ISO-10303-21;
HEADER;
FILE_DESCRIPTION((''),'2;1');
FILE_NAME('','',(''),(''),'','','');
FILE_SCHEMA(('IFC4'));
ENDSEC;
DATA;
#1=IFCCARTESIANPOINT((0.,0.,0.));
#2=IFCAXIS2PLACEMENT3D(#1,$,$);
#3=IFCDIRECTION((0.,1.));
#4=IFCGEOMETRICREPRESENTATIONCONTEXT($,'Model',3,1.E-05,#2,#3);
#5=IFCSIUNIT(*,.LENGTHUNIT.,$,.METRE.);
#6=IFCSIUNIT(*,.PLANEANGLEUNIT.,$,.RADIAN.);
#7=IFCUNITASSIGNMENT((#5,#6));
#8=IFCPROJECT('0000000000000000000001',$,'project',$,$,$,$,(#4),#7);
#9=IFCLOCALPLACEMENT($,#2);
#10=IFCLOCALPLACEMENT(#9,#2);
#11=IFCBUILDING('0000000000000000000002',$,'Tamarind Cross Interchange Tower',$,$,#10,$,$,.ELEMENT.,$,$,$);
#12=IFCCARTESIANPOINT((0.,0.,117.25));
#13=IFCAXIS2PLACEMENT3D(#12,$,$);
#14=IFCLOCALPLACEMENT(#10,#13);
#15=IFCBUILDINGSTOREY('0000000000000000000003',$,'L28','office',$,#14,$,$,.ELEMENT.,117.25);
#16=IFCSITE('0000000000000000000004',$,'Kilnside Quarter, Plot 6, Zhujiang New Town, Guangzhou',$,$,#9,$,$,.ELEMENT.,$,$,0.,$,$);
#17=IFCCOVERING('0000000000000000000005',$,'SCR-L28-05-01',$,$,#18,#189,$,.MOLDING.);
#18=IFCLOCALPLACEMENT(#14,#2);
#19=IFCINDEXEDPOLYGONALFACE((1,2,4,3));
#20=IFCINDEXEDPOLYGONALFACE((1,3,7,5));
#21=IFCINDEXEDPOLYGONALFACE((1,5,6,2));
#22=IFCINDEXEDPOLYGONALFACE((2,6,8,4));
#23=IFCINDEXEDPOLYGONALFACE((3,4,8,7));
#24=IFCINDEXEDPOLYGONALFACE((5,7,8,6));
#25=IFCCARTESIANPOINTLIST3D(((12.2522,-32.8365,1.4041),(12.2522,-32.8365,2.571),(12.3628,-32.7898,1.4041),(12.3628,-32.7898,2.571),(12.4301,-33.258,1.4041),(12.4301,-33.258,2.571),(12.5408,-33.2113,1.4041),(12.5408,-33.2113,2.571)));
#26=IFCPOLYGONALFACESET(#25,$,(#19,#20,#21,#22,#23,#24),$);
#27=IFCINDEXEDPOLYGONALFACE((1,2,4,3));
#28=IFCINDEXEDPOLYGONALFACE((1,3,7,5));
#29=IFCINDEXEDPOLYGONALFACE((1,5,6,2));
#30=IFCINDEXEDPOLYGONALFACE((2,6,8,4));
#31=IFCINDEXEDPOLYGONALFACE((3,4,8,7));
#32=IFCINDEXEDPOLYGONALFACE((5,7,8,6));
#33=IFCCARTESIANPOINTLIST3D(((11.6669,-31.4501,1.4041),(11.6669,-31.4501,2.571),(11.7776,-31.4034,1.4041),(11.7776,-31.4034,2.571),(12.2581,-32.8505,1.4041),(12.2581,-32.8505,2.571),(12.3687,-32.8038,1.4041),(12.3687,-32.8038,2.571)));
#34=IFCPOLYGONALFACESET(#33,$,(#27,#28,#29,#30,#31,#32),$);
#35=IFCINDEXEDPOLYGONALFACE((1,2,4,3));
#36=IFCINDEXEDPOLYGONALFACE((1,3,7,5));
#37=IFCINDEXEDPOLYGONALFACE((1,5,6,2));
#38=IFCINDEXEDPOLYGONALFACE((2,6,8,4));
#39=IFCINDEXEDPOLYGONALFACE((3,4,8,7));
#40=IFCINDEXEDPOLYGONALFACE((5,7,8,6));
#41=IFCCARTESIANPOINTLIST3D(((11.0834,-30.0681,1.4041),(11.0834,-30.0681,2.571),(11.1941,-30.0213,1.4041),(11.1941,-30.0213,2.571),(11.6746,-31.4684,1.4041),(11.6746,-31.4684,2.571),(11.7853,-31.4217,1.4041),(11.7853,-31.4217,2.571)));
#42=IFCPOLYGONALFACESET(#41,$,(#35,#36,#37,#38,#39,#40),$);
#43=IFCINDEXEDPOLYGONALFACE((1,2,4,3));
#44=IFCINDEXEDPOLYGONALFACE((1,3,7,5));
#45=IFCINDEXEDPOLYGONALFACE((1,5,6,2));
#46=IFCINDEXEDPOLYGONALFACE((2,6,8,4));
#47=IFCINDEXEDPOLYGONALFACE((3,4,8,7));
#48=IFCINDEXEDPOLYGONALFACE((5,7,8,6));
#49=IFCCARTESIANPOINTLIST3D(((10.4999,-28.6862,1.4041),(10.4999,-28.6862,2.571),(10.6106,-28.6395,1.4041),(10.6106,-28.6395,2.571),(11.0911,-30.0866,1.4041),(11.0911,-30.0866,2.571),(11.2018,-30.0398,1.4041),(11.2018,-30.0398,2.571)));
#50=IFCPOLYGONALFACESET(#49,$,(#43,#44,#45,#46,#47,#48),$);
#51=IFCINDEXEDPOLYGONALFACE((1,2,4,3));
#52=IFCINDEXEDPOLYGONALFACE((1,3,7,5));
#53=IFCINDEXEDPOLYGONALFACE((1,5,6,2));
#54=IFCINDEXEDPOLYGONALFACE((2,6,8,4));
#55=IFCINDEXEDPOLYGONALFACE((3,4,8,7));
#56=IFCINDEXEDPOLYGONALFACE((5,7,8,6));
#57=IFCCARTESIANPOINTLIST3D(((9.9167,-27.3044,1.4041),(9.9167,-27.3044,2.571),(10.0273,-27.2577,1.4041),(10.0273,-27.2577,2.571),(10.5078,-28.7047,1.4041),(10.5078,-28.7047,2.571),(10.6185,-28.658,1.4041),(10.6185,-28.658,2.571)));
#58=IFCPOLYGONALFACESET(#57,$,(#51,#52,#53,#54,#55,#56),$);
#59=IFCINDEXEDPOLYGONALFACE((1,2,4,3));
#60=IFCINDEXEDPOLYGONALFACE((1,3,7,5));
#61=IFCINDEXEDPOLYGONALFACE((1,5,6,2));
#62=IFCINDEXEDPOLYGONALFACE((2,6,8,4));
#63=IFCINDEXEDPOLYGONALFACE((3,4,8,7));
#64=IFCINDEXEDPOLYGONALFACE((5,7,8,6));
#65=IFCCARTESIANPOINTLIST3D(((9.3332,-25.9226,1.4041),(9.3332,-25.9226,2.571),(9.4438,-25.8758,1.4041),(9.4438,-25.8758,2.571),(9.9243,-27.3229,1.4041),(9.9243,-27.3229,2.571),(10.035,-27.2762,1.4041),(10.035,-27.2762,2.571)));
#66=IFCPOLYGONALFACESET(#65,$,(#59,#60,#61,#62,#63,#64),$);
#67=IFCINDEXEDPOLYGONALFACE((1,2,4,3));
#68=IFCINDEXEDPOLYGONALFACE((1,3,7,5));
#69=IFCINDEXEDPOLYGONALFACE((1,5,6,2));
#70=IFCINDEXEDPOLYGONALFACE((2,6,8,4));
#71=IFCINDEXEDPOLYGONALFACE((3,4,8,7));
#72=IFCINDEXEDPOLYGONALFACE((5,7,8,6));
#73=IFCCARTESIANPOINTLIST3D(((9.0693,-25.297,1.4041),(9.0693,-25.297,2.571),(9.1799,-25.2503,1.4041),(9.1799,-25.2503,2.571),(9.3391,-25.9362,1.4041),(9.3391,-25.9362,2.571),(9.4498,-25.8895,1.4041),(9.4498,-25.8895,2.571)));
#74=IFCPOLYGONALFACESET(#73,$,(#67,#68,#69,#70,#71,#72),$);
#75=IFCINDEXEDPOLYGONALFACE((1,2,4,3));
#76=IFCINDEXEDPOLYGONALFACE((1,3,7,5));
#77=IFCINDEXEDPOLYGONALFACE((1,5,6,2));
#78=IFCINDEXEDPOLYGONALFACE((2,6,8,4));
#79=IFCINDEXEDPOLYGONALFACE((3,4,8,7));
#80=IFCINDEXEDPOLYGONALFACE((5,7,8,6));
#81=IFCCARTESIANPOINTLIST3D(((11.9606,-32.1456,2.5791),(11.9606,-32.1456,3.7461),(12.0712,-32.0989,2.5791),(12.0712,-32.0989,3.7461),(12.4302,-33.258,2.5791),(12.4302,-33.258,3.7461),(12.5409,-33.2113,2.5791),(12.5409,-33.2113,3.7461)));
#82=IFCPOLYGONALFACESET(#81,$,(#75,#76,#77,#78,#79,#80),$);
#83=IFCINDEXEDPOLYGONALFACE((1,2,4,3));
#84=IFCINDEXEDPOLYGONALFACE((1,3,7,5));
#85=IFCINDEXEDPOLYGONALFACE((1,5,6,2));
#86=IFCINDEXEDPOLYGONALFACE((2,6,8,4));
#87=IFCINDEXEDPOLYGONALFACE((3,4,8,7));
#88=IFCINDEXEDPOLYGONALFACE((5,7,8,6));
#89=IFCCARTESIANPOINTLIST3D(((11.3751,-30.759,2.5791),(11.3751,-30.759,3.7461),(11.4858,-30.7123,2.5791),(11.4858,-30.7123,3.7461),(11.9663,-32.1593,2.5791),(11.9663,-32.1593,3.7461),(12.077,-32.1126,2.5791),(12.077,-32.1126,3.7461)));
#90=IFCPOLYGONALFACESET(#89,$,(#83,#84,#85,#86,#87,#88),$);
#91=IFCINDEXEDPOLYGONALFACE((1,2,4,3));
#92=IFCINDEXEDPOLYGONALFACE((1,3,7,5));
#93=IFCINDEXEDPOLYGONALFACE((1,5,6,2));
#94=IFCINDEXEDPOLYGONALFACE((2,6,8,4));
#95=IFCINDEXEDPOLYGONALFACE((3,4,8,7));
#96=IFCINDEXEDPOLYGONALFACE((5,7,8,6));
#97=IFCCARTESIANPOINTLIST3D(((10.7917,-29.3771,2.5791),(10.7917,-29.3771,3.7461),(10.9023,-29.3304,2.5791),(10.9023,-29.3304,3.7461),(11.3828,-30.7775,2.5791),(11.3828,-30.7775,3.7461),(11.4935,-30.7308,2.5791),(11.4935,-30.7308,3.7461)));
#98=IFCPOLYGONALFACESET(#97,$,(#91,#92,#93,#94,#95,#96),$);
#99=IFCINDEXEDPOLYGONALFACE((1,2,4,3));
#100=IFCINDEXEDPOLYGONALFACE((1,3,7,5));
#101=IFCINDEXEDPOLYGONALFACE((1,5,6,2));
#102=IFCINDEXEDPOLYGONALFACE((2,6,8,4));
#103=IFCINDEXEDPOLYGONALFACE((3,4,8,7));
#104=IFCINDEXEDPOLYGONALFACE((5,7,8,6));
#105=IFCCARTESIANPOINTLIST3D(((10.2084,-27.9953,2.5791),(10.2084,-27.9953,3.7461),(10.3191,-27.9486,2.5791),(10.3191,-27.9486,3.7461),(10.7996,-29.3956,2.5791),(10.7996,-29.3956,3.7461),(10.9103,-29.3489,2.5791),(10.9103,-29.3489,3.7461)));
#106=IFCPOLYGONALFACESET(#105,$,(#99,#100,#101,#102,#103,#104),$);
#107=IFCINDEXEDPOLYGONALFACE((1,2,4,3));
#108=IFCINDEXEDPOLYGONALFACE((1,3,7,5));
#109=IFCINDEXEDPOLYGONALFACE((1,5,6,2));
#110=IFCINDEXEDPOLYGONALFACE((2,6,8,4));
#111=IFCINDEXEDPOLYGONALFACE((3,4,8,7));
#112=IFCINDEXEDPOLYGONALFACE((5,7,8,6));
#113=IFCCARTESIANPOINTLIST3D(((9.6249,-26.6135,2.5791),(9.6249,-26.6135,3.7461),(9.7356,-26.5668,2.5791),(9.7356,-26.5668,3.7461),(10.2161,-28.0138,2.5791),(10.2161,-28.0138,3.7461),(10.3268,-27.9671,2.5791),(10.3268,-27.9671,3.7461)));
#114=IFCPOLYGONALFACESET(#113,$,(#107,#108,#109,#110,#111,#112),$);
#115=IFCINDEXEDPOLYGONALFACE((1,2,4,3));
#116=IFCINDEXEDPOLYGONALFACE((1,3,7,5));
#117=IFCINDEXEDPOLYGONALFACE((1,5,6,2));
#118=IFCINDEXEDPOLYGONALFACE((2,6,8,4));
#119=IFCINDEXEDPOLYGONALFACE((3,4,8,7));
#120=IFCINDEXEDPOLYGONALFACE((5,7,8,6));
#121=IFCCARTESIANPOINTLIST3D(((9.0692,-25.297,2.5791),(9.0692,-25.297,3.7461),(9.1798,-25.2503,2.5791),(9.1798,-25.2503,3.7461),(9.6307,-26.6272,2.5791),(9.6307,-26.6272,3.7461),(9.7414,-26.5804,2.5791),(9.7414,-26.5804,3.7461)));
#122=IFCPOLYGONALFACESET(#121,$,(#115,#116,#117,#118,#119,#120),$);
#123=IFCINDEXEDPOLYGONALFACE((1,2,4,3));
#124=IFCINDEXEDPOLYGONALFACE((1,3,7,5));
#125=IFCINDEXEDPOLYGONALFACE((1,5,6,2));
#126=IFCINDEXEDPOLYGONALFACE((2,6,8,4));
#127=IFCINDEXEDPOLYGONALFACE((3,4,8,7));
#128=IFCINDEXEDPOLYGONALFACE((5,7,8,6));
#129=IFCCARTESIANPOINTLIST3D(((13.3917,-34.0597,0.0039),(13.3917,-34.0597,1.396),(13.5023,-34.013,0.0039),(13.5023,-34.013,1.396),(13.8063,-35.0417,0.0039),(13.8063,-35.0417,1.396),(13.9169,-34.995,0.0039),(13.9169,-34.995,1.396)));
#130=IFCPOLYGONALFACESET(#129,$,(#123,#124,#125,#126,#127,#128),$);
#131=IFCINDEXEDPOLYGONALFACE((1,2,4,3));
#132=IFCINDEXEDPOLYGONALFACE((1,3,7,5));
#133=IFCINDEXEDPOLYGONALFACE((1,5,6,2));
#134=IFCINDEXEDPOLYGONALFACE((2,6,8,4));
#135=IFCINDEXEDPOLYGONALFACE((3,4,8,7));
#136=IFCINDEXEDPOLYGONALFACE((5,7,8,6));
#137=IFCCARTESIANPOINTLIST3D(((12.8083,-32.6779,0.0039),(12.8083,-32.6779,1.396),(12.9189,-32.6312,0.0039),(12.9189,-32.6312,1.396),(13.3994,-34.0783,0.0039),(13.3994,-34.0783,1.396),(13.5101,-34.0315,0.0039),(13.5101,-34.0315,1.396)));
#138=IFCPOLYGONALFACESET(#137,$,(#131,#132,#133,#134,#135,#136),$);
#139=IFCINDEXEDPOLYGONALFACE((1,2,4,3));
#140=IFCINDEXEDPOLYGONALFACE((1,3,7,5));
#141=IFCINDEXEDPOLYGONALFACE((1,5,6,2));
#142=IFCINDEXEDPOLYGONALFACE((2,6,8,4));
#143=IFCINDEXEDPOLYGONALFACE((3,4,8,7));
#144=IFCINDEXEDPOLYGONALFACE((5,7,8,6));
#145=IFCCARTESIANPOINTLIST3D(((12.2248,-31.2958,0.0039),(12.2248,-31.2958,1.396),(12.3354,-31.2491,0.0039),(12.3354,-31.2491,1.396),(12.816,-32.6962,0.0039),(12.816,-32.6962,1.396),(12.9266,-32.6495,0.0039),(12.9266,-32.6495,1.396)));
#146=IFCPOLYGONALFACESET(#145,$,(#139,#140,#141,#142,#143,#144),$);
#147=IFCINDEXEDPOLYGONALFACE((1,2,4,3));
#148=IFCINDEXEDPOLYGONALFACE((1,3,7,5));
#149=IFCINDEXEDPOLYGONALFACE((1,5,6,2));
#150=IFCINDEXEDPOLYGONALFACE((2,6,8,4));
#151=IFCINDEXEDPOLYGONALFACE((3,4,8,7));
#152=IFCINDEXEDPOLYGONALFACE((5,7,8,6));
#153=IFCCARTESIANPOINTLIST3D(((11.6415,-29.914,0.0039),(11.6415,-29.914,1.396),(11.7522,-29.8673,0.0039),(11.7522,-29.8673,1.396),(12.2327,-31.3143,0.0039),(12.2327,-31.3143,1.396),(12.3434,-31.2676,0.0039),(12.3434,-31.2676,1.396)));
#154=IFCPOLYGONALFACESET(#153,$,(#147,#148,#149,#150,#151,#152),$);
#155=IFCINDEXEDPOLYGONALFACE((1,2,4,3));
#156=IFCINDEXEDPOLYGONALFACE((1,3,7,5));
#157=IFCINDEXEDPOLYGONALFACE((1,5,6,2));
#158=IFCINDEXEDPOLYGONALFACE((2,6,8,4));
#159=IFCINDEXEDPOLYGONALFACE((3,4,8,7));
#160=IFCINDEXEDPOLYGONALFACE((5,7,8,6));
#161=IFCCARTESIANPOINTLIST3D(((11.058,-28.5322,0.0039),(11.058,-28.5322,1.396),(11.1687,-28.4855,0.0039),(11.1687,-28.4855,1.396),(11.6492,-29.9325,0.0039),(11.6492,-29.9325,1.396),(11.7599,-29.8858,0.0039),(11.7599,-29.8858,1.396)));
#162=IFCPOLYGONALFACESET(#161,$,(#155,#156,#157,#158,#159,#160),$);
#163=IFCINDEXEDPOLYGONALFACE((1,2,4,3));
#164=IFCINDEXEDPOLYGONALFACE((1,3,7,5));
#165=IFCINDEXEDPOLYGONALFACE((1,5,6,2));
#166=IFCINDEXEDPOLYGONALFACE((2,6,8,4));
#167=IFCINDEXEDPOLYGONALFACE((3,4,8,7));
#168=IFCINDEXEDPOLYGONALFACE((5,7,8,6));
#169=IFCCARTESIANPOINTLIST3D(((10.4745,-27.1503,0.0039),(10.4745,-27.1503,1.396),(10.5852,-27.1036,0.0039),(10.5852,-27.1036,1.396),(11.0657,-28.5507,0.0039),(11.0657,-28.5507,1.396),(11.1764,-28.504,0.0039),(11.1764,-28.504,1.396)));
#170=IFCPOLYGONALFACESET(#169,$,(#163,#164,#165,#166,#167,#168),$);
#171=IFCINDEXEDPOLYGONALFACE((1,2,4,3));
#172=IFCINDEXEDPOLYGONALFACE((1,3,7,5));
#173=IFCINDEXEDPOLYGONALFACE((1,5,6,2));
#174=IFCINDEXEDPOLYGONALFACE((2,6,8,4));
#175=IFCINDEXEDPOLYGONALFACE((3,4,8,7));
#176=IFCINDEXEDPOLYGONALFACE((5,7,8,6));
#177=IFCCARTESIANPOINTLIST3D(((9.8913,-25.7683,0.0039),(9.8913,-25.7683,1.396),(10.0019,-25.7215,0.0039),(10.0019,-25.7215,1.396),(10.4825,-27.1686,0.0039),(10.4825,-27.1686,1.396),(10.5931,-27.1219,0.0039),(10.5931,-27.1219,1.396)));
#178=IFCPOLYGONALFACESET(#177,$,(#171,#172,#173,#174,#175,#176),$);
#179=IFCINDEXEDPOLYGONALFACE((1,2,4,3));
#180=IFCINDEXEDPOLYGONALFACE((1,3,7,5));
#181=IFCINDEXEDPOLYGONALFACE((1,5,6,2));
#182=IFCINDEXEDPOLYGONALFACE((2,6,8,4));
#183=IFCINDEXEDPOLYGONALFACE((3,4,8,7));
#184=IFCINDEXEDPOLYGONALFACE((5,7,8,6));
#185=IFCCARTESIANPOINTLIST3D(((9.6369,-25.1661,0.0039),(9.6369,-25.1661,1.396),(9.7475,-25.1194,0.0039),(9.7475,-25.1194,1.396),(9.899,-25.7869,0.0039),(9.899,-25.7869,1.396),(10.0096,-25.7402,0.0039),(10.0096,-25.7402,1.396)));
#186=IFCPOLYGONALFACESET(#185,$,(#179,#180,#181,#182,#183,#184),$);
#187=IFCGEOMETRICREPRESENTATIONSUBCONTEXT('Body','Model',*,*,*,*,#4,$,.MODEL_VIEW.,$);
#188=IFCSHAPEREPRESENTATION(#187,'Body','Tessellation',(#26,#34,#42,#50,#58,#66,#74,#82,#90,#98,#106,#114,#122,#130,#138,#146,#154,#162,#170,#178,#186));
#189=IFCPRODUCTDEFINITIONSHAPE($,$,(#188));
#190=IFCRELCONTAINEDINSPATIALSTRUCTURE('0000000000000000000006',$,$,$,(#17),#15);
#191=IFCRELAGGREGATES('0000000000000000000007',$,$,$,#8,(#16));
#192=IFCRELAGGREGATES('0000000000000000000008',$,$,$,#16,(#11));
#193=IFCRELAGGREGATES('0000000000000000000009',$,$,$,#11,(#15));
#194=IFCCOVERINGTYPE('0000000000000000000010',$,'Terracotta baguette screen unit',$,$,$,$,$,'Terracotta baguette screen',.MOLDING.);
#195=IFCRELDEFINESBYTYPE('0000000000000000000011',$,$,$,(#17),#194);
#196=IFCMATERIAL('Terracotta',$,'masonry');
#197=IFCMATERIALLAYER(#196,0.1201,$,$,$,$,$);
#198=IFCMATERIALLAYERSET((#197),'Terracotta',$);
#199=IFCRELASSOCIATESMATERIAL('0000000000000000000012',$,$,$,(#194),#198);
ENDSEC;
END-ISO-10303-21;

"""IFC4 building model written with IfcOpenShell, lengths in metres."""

from ifc_helpers import new_model, si_unit, direction, frame, origin, origin_2d, place, context, subcontext, project, spatial, rectangle, extrude, material, layer, layer_set, type_object, element, save


model = new_model("IFC4")

# Units and contexts
model_context = context("Model", 3, precision=1e-05, world=origin(), true_north=direction((0.0, 1.0)))
body_context = subcontext(model_context, "Body", "Model", "MODEL_VIEW")
ifc_project = project(units=[si_unit("LENGTHUNIT", "METRE"), si_unit("PLANEANGLEUNIT", "RADIAN")], contexts=[model_context])

# Site, building, storey
site_placement = place(None, origin())
site = spatial("IfcSite", under=ifc_project, at=site_placement, Name="Kilnside Quarter, Plot 6, Zhujiang New Town, Guangzhou", CompositionType="ELEMENT", RefElevation=0.0)
building_placement = place(site_placement, origin())
building = spatial("IfcBuilding", under=site, at=building_placement, Name="Tamarind Cross Interchange Tower", CompositionType="ELEMENT")
storey_placement = place(building_placement, frame((0.0, 0.0, 117.25)))
storey = spatial("IfcBuildingStorey", under=building, at=storey_placement, Name="L28", Description="office", CompositionType="ELEMENT", Elevation=117.25)

# Covering
ifc_material_1 = material(Name="Terracotta", Category="masonry")
ifc_layer_1 = layer(ifc_material_1, 0.1201)
ifc_layer_set_1 = layer_set([ifc_layer_1], Name="Terracotta")
covering_type = type_object("IfcCoveringType", Name="Terracotta baguette screen unit", ElementType="Terracotta baguette screen", PredefinedType="MOLDING", material=ifc_layer_set_1)
covering_1_placement = place(storey_placement, origin())
element("IfcCovering", 1, at=covering_1_placement, inside=storey, type_object=covering_type, Name="SCR-L28-05-01", PredefinedType="MOLDING", context=body_context, shape_type="SweptSolid", body=[
    extrude(rectangle(XDim=0.4575, YDim=0.1201, at=origin_2d()), frame((12.3965, -33.0239, 1.4041), z_axis=(0.0, 0.0, 1.0), x_axis=(-0.388939, 0.921264, 0.0)), (0.0, 0.0, 1.0), 1.167),
    extrude(rectangle(XDim=1.52, YDim=0.1201, at=origin_2d()), frame((12.0178, -32.127, 1.4041), z_axis=(0.0, 0.0, 1.0), x_axis=(-0.388939, 0.921264, 0.0)), (0.0, 0.0, 1.0), 1.167),
    extrude(rectangle(XDim=1.52, YDim=0.1201, at=origin_2d()), frame((11.4343, -30.7449, 1.4041), z_axis=(0.0, 0.0, 1.0), x_axis=(-0.388939, 0.921264, 0.0)), (0.0, 0.0, 1.0), 1.167),
    extrude(rectangle(XDim=1.52, YDim=0.1201, at=origin_2d()), frame((10.8508, -29.363, 1.4041), z_axis=(0.0, 0.0, 1.0), x_axis=(-0.388939, 0.921264, 0.0)), (0.0, 0.0, 1.0), 1.167),
    extrude(rectangle(XDim=1.52, YDim=0.1201, at=origin_2d()), frame((10.2676, -27.9812, 1.4041), z_axis=(0.0, 0.0, 1.0), x_axis=(-0.388939, 0.921264, 0.0)), (0.0, 0.0, 1.0), 1.167),
    extrude(rectangle(XDim=1.52, YDim=0.1201, at=origin_2d()), frame((9.6841, -26.5994, 1.4041), z_axis=(0.0, 0.0, 1.0), x_axis=(-0.388939, 0.921264, 0.0)), (0.0, 0.0, 1.0), 1.167),
    extrude(rectangle(XDim=0.6938, YDim=0.1201, at=origin_2d()), frame((9.2595, -25.5933, 1.4041), z_axis=(0.0, 0.0, 1.0), x_axis=(-0.388939, 0.921264, 0.0)), (0.0, 0.0, 1.0), 1.167),
    extrude(rectangle(XDim=1.2075, YDim=0.1201, at=origin_2d()), frame((12.2507, -32.6785, 2.5791), z_axis=(0.0, 0.0, 1.0), x_axis=(-0.388939, 0.921264, 0.0)), (0.0, 0.0, 1.0), 1.167),
    extrude(rectangle(XDim=1.52, YDim=0.1201, at=origin_2d()), frame((11.7261, -31.4358, 2.5791), z_axis=(0.0, 0.0, 1.0), x_axis=(-0.388939, 0.921264, 0.0)), (0.0, 0.0, 1.0), 1.167),
    extrude(rectangle(XDim=1.52, YDim=0.1201, at=origin_2d()), frame((11.1426, -30.054, 2.5791), z_axis=(0.0, 0.0, 1.0), x_axis=(-0.388939, 0.921264, 0.0)), (0.0, 0.0, 1.0), 1.167),
    extrude(rectangle(XDim=1.52, YDim=0.1201, at=origin_2d()), frame((10.5593, -28.6721, 2.5791), z_axis=(0.0, 0.0, 1.0), x_axis=(-0.388939, 0.921264, 0.0)), (0.0, 0.0, 1.0), 1.167),
    extrude(rectangle(XDim=1.52, YDim=0.1201, at=origin_2d()), frame((9.9758, -27.2903, 2.5791), z_axis=(0.0, 0.0, 1.0), x_axis=(-0.388939, 0.921264, 0.0)), (0.0, 0.0, 1.0), 1.167),
    extrude(rectangle(XDim=1.4438, YDim=0.1201, at=origin_2d()), frame((9.4053, -25.9387, 2.5791), z_axis=(0.0, 0.0, 1.0), x_axis=(-0.388939, 0.921264, 0.0)), (0.0, 0.0, 1.0), 1.167),
    extrude(rectangle(XDim=1.0659, YDim=0.1201, at=origin_2d()), frame((13.6543, -34.5273, 0.0039), z_axis=(0.0, 0.0, 1.0), x_axis=(-0.388939, 0.921264, 0.0)), (0.0, 0.0, 1.0), 1.3921),
    extrude(rectangle(XDim=1.52, YDim=0.1201, at=origin_2d()), frame((13.1592, -33.3547, 0.0039), z_axis=(0.0, 0.0, 1.0), x_axis=(-0.388939, 0.921264, 0.0)), (0.0, 0.0, 1.0), 1.3921),
    extrude(rectangle(XDim=1.52, YDim=0.1201, at=origin_2d()), frame((12.5757, -31.9727, 0.0039), z_axis=(0.0, 0.0, 1.0), x_axis=(-0.388939, 0.921264, 0.0)), (0.0, 0.0, 1.0), 1.3921),
    extrude(rectangle(XDim=1.52, YDim=0.1201, at=origin_2d()), frame((11.9924, -30.5908, 0.0039), z_axis=(0.0, 0.0, 1.0), x_axis=(-0.388939, 0.921264, 0.0)), (0.0, 0.0, 1.0), 1.3921),
    extrude(rectangle(XDim=1.52, YDim=0.1201, at=origin_2d()), frame((11.4089, -29.209, 0.0039), z_axis=(0.0, 0.0, 1.0), x_axis=(-0.388939, 0.921264, 0.0)), (0.0, 0.0, 1.0), 1.3921),
    extrude(rectangle(XDim=1.52, YDim=0.1201, at=origin_2d()), frame((10.8254, -27.8271, 0.0039), z_axis=(0.0, 0.0, 1.0), x_axis=(-0.388939, 0.921264, 0.0)), (0.0, 0.0, 1.0), 1.3921),
    extrude(rectangle(XDim=1.52, YDim=0.1201, at=origin_2d()), frame((10.2422, -26.4451, 0.0039), z_axis=(0.0, 0.0, 1.0), x_axis=(-0.388939, 0.921264, 0.0)), (0.0, 0.0, 1.0), 1.3921),
    extrude(rectangle(XDim=0.6738, YDim=0.1201, at=origin_2d()), frame((9.8232, -25.4531, 0.0039), z_axis=(0.0, 0.0, 1.0), x_axis=(-0.388939, 0.921264, 0.0)), (0.0, 0.0, 1.0), 1.3921),
])

save(model, "model.ifc")
